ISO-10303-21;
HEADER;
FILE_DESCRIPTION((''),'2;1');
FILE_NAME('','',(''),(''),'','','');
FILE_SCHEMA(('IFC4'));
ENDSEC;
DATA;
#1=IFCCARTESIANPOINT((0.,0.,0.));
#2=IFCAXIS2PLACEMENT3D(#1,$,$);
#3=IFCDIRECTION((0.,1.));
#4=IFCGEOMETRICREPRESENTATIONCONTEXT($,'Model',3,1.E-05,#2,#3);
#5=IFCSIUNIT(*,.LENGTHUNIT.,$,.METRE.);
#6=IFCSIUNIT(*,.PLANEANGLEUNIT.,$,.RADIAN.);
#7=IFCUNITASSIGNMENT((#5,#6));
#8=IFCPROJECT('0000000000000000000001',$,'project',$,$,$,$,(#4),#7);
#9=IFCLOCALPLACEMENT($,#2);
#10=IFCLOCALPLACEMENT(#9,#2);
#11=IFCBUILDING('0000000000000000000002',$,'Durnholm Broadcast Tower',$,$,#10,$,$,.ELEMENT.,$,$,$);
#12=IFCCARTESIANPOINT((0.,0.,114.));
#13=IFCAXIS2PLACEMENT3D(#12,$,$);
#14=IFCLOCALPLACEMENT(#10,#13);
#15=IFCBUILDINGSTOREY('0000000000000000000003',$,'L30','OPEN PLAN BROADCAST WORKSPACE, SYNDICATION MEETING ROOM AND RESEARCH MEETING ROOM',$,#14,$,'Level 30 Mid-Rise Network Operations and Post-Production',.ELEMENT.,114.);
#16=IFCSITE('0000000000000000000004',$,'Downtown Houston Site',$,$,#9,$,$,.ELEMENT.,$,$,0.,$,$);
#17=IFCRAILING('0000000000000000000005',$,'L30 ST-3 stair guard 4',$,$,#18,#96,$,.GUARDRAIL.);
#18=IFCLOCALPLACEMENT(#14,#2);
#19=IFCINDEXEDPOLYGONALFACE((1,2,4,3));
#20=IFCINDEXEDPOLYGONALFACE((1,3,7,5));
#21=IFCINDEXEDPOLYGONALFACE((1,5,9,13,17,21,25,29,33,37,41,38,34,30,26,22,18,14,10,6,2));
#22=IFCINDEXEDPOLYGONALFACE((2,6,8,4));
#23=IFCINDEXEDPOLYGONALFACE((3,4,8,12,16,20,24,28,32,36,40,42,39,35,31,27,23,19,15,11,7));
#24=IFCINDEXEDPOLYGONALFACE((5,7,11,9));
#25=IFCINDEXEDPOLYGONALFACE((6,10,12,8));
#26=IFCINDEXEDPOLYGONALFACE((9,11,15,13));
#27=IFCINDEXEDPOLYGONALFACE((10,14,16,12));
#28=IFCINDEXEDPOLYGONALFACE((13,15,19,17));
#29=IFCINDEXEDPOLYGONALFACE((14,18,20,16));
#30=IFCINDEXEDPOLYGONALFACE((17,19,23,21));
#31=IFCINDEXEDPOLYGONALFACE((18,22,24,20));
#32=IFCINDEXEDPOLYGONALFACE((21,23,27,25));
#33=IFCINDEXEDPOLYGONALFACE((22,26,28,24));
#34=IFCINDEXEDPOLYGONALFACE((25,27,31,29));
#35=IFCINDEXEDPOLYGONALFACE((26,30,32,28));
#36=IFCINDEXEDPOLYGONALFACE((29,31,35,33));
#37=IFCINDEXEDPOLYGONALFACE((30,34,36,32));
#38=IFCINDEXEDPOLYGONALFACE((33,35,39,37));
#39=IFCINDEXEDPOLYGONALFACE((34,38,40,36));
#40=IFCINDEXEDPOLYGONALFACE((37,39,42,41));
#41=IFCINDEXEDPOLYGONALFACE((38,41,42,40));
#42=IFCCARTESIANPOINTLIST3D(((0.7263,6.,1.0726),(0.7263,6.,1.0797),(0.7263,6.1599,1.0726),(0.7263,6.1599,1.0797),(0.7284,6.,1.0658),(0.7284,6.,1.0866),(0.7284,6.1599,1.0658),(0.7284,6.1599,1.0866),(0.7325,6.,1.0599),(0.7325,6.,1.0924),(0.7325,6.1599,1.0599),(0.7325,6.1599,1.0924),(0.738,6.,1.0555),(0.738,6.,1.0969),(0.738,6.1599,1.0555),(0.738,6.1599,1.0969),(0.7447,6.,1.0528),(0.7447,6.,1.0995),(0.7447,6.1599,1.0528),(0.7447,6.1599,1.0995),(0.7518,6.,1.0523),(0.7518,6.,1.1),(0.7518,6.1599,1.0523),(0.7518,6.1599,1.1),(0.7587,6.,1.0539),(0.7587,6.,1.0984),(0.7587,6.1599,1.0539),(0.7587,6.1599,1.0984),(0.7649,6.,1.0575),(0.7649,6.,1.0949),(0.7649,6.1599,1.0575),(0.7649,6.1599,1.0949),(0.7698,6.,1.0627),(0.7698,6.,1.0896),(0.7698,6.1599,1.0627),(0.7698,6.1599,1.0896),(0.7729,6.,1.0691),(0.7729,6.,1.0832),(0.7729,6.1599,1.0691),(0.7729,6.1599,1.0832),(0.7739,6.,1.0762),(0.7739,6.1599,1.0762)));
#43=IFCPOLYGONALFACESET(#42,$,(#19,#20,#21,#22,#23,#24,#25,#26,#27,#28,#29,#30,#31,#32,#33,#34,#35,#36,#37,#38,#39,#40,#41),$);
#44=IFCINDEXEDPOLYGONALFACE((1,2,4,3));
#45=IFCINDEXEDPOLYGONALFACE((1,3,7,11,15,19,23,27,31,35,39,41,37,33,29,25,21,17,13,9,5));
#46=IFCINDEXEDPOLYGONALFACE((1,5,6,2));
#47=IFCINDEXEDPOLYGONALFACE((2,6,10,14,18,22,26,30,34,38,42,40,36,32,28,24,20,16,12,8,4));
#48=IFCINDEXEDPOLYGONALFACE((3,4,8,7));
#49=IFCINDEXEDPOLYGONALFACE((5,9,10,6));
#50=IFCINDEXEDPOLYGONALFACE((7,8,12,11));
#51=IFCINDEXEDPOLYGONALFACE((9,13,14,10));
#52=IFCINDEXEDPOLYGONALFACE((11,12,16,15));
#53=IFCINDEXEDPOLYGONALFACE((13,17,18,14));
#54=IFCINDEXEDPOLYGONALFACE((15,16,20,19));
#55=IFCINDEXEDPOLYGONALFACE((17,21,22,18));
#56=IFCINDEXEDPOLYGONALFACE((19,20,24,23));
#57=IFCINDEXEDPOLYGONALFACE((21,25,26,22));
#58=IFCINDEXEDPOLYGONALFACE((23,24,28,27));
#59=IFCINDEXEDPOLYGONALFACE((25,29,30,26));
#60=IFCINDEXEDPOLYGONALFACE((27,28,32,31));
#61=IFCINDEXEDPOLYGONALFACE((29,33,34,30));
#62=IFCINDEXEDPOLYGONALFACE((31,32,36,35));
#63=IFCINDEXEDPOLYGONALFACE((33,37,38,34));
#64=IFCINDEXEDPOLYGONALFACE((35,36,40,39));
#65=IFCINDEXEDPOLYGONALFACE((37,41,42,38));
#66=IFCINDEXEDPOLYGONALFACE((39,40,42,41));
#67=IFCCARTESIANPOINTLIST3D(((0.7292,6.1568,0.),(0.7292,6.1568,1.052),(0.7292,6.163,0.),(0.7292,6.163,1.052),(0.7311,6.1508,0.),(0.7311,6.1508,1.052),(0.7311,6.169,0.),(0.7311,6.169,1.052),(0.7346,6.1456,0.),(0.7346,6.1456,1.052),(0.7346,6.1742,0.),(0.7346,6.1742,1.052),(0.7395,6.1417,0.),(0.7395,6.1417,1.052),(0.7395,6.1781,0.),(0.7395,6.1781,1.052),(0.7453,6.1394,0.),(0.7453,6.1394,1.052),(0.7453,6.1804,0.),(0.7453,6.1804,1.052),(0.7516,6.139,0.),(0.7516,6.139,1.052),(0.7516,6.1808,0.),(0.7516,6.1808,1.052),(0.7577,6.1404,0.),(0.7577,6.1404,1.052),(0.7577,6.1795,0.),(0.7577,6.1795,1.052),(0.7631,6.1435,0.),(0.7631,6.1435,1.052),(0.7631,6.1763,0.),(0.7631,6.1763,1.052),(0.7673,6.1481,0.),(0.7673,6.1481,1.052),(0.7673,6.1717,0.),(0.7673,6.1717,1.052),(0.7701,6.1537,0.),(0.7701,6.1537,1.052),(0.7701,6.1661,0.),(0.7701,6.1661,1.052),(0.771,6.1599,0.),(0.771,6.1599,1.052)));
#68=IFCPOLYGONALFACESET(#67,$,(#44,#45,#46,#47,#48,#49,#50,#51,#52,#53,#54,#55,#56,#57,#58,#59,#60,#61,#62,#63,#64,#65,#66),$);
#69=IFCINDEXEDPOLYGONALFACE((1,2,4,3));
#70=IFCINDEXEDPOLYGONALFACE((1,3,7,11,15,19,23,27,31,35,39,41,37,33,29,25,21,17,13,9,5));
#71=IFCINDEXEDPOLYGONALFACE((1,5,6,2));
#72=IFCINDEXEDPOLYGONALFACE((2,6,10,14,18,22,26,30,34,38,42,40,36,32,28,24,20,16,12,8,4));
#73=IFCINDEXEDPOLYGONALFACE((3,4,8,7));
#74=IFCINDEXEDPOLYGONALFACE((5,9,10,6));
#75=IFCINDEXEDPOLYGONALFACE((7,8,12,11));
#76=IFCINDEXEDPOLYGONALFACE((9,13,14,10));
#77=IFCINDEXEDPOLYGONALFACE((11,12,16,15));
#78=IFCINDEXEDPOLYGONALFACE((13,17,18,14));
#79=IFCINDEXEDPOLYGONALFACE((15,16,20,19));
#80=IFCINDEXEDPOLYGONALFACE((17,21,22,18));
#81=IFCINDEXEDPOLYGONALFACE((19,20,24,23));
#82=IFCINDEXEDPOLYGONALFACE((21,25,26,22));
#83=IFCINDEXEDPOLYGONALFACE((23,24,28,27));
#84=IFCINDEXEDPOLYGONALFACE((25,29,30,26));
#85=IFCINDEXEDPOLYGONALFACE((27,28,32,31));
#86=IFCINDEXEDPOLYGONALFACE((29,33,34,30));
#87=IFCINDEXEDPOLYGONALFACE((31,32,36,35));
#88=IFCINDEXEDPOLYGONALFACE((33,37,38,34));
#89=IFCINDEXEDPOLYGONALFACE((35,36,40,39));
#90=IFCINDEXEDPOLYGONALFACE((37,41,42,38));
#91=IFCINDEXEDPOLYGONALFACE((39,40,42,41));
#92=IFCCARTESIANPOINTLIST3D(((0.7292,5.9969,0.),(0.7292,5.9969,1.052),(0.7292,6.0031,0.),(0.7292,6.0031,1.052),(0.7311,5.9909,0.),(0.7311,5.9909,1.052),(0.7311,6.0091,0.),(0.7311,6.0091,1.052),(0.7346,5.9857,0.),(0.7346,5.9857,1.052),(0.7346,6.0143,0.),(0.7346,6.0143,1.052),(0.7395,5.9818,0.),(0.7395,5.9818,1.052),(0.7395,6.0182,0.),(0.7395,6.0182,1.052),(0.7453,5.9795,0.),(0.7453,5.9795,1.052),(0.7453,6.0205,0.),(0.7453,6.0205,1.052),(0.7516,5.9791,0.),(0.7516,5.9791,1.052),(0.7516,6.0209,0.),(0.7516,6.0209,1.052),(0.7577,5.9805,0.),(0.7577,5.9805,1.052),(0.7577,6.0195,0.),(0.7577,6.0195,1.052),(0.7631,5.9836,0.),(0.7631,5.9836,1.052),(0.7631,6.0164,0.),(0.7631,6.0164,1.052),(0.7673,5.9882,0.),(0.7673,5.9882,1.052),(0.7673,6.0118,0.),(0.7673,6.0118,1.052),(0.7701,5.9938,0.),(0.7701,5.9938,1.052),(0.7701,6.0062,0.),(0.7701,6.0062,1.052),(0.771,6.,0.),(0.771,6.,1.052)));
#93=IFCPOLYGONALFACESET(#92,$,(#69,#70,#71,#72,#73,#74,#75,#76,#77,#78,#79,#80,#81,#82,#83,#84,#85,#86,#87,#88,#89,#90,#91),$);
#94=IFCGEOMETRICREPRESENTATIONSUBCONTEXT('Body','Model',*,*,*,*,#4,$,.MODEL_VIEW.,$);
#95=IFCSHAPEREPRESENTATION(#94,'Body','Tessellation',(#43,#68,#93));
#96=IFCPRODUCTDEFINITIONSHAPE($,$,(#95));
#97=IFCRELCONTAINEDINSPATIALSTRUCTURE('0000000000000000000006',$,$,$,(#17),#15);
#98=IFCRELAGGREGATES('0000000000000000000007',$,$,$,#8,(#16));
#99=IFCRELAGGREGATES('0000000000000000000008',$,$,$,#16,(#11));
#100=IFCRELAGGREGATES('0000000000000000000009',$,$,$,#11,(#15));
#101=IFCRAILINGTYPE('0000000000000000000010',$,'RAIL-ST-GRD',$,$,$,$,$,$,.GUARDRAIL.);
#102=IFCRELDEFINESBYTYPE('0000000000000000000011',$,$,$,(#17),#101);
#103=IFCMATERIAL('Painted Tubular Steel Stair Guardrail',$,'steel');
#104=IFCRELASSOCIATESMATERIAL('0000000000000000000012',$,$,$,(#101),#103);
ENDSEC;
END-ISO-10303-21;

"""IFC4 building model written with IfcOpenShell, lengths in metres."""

from ifc_helpers import new_model, si_unit, direction, frame, origin, origin_2d, place, context, subcontext, project, spatial, circle, extrude, material, type_object, element, save


model = new_model("IFC4")

# Units and contexts
model_context = context("Model", 3, precision=1e-05, world=origin(), true_north=direction((0.0, 1.0)))
body_context = subcontext(model_context, "Body", "Model", "MODEL_VIEW")
ifc_project = project(units=[si_unit("LENGTHUNIT", "METRE"), si_unit("PLANEANGLEUNIT", "RADIAN")], contexts=[model_context])

# Site, building, storey
site_placement = place(None, origin())
site = spatial("IfcSite", under=ifc_project, at=site_placement, Name="Downtown Houston Site", CompositionType="ELEMENT", RefElevation=0.0)
building_placement = place(site_placement, origin())
building = spatial("IfcBuilding", under=site, at=building_placement, Name="Durnholm Broadcast Tower", CompositionType="ELEMENT")
storey_placement = place(building_placement, frame((0.0, 0.0, 114.0)))
storey = spatial("IfcBuildingStorey", under=building, at=storey_placement, Name="L30", Description="OPEN PLAN BROADCAST WORKSPACE, SYNDICATION MEETING ROOM AND RESEARCH MEETING ROOM", LongName="Level 30 Mid-Rise Network Operations and Post-Production", CompositionType="ELEMENT", Elevation=114.0)

# Railing
ifc_material_1 = material(Name="Painted Tubular Steel Stair Guardrail", Category="steel")
railing_type = type_object("IfcRailingType", Name="RAIL-ST-GRD", PredefinedType="GUARDRAIL", material=ifc_material_1)
railing_placement = place(storey_placement, frame((0.75, 6.1599, 0.0)))
element("IfcRailing", 1, at=railing_placement, inside=storey, type_object=railing_type, Name="L30 ST-3 stair guard 4", PredefinedType="GUARDRAIL", context=body_context, shape_type="SweptSolid", body=[
    extrude(circle(Radius=0.0239, at=origin_2d()), frame((0.0, 0.0, 1.0762), z_axis=(0.0, -1.0, 0.0), x_axis=(1.0, 0.0, 0.0)), (0.0, 0.0, 1.0), 0.1599),
    extrude(circle(Radius=0.021, at=origin_2d()), origin(), (0.0, 0.0, 1.0), 1.052),
    extrude(circle(Radius=0.021, at=origin_2d()), frame((0.0, -0.1599, 0.0)), (0.0, 0.0, 1.0), 1.052),
])

save(model, "model.ifc")
